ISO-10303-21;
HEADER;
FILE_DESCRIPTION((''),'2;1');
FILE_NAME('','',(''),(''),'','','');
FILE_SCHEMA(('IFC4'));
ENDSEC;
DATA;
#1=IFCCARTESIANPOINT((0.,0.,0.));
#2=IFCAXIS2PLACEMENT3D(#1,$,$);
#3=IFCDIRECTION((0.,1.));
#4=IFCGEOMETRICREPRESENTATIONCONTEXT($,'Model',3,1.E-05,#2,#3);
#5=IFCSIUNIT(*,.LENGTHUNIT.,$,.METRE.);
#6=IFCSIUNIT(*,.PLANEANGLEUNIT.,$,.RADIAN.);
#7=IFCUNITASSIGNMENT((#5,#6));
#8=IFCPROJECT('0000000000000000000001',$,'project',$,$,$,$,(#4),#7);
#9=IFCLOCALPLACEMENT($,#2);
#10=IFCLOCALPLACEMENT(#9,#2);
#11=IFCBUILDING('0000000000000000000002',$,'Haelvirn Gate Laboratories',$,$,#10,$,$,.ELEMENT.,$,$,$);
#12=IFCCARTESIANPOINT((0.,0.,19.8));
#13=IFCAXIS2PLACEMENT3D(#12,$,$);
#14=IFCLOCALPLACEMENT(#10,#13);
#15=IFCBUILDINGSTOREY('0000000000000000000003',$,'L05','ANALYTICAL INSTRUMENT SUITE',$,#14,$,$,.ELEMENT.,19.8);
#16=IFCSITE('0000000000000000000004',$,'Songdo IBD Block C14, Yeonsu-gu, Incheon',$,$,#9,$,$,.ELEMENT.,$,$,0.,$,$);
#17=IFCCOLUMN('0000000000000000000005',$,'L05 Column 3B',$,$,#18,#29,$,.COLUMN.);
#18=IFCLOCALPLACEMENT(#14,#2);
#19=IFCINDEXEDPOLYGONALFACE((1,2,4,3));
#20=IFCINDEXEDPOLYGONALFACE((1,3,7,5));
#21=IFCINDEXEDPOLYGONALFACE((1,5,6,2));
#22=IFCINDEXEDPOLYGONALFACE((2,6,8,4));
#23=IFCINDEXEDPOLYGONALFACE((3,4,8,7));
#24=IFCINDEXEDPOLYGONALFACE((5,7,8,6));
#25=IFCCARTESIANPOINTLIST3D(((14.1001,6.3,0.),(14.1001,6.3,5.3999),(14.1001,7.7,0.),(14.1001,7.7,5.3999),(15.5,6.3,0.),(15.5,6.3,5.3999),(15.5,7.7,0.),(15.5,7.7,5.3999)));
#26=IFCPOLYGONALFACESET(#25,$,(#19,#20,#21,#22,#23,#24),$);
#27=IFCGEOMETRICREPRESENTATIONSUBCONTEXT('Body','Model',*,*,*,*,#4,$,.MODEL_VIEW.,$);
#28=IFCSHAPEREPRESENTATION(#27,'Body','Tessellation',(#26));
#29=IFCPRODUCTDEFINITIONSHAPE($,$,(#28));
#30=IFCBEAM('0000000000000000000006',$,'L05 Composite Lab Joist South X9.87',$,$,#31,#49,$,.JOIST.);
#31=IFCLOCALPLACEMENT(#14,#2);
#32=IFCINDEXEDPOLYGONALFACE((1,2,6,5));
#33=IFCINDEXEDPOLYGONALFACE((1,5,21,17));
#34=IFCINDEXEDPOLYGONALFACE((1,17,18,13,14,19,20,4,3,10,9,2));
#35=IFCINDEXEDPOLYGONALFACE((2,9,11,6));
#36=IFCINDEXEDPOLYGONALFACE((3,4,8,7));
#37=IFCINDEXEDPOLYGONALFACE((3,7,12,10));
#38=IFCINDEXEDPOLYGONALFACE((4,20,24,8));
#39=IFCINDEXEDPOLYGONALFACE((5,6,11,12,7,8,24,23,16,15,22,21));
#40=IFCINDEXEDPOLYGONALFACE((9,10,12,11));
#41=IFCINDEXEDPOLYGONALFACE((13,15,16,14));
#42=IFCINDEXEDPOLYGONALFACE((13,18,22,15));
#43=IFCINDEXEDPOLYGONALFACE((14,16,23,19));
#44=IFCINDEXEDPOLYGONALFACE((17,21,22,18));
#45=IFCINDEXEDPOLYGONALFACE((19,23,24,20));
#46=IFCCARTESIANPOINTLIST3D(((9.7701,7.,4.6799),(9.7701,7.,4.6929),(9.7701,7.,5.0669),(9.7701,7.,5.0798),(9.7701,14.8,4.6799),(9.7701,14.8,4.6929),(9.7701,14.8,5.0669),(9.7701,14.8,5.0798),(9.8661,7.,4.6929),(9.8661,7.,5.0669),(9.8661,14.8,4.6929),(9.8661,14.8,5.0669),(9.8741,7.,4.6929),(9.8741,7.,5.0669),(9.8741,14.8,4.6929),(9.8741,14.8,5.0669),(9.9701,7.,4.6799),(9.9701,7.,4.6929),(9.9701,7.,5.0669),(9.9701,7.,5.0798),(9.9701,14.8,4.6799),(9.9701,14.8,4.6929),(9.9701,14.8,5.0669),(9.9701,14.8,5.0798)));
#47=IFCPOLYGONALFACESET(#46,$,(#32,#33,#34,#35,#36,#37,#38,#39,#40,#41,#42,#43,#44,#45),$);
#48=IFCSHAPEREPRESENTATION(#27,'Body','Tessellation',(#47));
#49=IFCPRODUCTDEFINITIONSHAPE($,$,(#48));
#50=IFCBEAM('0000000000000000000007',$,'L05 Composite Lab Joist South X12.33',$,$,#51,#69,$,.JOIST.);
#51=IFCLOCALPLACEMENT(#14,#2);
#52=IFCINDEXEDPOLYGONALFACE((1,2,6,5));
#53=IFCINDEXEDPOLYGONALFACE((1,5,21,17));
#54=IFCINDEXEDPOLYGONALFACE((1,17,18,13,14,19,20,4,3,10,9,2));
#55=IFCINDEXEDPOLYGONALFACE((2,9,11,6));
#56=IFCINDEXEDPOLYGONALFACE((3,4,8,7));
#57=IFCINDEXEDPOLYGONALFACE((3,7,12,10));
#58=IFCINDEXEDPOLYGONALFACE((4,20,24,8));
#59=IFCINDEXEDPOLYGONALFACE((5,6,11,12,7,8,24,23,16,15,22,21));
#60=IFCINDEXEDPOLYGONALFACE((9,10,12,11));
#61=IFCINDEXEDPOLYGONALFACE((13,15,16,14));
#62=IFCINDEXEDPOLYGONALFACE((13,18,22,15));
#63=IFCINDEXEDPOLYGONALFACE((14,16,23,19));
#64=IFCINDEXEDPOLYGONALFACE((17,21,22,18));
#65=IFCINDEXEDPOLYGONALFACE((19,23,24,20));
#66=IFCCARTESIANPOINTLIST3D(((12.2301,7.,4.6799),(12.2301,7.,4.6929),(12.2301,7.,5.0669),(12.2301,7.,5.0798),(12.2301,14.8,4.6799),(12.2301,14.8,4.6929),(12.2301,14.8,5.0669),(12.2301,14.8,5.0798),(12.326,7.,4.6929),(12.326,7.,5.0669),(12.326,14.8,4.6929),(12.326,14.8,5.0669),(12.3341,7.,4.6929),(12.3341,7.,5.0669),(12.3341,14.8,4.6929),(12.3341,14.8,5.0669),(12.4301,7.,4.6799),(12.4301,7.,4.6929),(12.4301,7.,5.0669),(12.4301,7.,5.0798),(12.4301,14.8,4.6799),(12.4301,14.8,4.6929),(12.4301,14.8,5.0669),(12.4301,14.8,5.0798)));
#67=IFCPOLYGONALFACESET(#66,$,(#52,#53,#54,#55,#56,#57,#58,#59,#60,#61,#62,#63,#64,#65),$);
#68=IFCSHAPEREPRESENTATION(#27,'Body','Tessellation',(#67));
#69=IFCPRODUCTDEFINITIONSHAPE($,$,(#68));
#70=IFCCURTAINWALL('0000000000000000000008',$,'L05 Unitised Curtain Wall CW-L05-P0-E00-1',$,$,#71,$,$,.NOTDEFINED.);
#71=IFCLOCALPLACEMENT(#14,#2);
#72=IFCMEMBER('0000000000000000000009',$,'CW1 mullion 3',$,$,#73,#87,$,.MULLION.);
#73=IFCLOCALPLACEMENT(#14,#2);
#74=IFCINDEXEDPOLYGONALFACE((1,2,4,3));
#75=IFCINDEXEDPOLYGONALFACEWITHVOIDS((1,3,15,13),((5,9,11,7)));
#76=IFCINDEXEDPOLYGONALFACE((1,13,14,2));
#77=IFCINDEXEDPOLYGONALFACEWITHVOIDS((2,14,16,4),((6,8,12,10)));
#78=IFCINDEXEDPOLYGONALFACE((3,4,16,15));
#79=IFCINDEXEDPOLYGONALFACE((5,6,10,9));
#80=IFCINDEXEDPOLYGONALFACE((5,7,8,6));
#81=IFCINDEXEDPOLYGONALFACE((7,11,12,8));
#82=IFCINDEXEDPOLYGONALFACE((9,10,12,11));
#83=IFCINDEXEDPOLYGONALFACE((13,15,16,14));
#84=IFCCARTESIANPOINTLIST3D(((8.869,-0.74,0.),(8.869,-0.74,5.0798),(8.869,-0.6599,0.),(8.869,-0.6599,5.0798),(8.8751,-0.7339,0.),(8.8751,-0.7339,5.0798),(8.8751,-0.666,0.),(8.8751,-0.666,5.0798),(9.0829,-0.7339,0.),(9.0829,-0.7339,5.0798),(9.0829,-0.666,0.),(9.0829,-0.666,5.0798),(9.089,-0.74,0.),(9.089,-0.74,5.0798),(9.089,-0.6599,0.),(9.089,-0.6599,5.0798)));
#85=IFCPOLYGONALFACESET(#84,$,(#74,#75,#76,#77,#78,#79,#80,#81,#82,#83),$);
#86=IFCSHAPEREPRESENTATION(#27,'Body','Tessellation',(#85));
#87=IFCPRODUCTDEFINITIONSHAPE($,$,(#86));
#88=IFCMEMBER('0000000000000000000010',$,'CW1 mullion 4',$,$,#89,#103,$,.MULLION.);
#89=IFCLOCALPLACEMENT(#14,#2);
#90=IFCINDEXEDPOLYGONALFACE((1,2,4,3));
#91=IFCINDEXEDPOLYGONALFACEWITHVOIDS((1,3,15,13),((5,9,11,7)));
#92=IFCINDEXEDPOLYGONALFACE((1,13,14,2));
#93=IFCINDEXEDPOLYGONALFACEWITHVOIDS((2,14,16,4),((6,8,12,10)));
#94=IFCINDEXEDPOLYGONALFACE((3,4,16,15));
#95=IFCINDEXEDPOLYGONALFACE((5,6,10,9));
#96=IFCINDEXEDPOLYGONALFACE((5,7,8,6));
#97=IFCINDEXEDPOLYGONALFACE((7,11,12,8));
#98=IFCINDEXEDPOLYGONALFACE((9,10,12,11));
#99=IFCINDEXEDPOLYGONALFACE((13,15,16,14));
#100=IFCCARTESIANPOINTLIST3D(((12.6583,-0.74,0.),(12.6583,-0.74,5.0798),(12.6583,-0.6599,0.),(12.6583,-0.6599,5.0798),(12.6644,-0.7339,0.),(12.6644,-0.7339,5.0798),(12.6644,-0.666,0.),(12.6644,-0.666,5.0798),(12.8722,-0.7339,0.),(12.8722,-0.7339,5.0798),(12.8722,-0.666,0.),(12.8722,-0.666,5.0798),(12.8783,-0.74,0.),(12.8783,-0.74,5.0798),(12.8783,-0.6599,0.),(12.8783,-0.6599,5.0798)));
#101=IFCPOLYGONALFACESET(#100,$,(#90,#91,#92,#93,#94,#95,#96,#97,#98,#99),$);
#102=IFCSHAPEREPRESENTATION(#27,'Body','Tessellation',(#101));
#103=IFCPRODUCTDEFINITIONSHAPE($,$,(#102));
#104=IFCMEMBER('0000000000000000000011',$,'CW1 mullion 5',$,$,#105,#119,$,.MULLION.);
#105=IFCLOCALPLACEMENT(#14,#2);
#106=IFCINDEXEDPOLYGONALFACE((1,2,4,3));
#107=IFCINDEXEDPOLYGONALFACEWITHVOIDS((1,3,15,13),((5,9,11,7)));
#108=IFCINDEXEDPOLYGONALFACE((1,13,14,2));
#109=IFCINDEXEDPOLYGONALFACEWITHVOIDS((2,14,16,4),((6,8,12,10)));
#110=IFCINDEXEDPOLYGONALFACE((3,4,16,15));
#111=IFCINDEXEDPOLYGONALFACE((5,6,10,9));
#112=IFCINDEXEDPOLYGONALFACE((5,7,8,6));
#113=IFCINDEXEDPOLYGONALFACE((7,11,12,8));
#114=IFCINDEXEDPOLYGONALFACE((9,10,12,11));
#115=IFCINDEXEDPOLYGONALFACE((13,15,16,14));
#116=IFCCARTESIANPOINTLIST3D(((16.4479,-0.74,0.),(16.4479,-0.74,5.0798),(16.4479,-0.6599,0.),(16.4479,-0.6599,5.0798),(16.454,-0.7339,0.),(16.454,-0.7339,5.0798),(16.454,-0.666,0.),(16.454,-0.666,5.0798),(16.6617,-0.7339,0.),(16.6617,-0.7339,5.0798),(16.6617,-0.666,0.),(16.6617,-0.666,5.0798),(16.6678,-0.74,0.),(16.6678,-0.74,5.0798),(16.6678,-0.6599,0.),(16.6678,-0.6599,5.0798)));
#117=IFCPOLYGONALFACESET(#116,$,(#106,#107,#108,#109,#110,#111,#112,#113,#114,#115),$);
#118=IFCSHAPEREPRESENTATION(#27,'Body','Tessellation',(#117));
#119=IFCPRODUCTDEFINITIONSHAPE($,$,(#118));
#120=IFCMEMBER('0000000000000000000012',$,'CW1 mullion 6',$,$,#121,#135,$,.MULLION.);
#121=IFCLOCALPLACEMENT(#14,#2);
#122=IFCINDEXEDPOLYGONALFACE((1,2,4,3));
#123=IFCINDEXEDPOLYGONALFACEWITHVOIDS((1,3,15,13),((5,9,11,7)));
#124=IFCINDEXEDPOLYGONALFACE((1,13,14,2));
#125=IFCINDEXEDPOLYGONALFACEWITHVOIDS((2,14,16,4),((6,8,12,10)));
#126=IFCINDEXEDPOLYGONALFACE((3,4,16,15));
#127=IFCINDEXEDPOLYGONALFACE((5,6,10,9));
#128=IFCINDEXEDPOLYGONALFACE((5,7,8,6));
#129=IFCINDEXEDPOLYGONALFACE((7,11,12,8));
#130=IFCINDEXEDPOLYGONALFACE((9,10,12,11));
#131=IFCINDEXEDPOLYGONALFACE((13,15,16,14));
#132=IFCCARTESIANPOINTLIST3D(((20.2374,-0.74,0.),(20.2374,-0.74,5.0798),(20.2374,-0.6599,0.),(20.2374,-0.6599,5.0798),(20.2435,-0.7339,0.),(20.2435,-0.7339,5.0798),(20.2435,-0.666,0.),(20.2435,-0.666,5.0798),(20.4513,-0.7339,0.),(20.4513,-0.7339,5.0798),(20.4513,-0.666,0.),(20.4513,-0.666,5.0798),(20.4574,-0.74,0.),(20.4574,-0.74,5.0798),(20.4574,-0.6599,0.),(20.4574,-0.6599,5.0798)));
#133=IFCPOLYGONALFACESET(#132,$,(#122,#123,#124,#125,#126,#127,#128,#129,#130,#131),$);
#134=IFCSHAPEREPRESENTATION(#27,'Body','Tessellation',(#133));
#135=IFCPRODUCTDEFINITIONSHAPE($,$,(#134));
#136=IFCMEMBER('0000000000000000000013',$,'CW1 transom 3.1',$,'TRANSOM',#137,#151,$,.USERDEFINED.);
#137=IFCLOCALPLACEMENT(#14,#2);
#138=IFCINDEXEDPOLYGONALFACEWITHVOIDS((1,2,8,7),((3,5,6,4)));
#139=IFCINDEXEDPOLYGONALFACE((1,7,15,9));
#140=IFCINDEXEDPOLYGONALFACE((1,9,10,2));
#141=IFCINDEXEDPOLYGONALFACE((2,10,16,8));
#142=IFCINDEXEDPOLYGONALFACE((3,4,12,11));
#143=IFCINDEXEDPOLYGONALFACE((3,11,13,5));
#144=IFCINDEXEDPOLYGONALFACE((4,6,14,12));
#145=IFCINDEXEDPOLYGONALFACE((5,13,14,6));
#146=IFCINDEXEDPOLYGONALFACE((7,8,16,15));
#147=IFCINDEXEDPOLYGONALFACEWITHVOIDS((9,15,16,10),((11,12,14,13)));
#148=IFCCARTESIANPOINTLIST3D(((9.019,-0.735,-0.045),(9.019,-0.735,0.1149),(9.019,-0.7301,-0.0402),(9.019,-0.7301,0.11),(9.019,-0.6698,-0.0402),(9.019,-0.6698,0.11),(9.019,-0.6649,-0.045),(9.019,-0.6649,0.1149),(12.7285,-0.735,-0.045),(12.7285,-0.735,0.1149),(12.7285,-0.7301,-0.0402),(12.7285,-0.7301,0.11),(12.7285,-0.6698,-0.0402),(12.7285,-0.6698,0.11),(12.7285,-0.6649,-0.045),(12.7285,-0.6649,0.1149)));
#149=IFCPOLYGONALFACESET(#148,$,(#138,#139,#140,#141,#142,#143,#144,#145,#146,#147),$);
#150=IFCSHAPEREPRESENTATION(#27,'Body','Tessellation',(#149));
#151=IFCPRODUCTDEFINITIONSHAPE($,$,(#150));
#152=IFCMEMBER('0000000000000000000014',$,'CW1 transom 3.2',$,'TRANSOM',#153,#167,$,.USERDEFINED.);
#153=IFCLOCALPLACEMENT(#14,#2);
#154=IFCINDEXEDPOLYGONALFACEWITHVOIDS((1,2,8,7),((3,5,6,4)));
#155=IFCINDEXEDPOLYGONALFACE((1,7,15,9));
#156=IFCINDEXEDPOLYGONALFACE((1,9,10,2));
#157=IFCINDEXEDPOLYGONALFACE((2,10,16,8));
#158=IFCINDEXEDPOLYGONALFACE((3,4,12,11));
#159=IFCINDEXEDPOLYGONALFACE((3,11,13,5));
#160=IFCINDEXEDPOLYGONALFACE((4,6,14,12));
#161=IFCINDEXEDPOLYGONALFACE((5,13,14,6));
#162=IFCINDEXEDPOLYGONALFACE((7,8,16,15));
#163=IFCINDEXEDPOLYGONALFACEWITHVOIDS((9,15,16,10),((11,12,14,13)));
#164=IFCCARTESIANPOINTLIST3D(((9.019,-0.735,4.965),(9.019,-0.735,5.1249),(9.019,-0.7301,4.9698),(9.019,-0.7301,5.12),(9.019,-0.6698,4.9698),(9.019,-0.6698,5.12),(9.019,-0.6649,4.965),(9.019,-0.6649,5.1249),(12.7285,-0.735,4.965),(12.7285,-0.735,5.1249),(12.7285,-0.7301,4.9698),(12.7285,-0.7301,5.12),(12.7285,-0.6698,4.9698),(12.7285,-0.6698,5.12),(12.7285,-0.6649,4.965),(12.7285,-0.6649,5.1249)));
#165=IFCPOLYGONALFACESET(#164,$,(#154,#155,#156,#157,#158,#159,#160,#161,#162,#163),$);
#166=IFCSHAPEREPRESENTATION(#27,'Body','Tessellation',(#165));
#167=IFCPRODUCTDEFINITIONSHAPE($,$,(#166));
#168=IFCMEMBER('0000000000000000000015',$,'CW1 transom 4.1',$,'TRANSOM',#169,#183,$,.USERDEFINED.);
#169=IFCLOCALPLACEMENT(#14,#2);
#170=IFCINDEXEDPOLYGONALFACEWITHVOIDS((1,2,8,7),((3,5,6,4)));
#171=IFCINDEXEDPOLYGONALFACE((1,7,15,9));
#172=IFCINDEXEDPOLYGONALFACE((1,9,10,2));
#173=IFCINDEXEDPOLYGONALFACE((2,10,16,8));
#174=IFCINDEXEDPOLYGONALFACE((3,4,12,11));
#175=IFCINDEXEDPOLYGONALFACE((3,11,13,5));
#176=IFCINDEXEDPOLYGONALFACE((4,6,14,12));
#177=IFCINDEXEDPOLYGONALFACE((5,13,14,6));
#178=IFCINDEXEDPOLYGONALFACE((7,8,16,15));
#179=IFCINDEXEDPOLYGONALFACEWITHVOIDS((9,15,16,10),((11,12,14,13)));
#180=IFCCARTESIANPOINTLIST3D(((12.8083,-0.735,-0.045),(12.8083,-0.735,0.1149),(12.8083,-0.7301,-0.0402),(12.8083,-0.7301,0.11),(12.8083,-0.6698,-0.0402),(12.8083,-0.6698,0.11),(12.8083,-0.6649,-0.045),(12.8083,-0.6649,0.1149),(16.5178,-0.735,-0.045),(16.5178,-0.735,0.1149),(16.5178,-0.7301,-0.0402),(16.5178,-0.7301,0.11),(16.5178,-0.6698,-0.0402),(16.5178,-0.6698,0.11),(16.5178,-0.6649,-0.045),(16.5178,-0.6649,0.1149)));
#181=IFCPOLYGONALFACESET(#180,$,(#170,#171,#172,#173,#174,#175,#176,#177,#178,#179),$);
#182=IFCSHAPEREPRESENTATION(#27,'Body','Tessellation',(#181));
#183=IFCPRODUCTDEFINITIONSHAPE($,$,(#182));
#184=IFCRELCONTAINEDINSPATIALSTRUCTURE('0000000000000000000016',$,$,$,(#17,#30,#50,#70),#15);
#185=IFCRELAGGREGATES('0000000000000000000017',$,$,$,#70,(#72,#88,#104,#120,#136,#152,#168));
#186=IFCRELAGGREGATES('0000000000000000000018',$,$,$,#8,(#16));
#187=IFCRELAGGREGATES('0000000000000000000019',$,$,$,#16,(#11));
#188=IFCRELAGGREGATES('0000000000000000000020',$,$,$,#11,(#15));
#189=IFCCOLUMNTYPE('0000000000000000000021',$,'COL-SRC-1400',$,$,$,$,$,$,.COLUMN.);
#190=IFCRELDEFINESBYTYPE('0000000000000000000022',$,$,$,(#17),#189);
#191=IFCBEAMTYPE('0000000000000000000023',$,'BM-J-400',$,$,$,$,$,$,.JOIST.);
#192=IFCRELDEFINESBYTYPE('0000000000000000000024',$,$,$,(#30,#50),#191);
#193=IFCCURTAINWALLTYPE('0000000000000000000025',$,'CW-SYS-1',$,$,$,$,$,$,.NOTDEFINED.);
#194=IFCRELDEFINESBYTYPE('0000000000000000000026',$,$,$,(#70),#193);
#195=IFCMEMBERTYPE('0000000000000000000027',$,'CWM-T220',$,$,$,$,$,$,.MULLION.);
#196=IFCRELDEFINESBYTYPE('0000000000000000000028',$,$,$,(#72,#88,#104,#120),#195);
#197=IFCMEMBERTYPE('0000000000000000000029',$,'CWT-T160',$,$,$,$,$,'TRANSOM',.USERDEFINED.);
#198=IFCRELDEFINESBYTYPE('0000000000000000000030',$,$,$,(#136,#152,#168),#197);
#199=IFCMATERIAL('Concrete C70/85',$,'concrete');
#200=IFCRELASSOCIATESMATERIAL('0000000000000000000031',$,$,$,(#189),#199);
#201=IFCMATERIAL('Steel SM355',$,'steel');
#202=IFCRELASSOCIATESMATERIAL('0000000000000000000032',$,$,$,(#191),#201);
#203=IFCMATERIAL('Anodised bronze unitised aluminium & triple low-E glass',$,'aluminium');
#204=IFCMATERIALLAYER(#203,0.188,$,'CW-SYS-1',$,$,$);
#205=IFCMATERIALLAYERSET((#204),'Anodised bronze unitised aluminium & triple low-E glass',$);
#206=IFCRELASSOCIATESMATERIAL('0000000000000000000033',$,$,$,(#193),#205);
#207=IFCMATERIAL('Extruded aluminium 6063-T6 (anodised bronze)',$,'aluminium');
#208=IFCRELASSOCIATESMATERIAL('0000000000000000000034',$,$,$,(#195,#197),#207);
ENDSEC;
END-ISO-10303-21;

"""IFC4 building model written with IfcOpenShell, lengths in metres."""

from ifc_helpers import new_model, si_unit, direction, frame, origin, origin_2d, place, context, subcontext, project, spatial, rectangle, hollow_rectangle, i_section, extrude, source, transform, mapped, material, layer, layer_set, material_profile, profile_set, type_object, type_shapes, element, aggregate, save


model = new_model("IFC4")

# Units and contexts
model_context = context("Model", 3, precision=1e-05, world=origin(), true_north=direction((0.0, 1.0)))
body_context = subcontext(model_context, "Body", "Model", "MODEL_VIEW")
ifc_project = project(units=[si_unit("LENGTHUNIT", "METRE"), si_unit("PLANEANGLEUNIT", "RADIAN")], contexts=[model_context])

# Site, building, storey
site_placement = place(None, origin())
site = spatial("IfcSite", under=ifc_project, at=site_placement, Name="Songdo IBD Block C14, Yeonsu-gu, Incheon", CompositionType="ELEMENT", RefElevation=0.0)
building_placement = place(site_placement, origin())
building = spatial("IfcBuilding", under=site, at=building_placement, Name="Haelvirn Gate Laboratories", CompositionType="ELEMENT")
storey_placement = place(building_placement, frame((0.0, 0.0, 19.8)))
storey = spatial("IfcBuildingStorey", under=building, at=storey_placement, Name="L05", Description="ANALYTICAL INSTRUMENT SUITE", CompositionType="ELEMENT", Elevation=19.8)

# Column
ifc_material_1 = material(Name="Concrete C70/85", Category="concrete")
ifc_material_profile_1 = material_profile(ifc_material_1, rectangle(XDim=1.3999, YDim=1.3999, at=origin_2d()), Name="SRC-1400x1400")
ifc_profile_set_1 = profile_set([ifc_material_profile_1], Name="Concrete C70/85")
column_type = type_object("IfcColumnType", Name="COL-SRC-1400", PredefinedType="COLUMN", material=ifc_profile_set_1)
shared_shape_1 = source(origin(), body_context, "Body", "SweptSolid", [
    extrude(rectangle(XDim=1.3999, YDim=1.3999, at=origin_2d()), origin(), (0.0, 0.0, 1.0), 5.3999),
])
type_shapes(column_type, [shared_shape_1])
column_placement = place(storey_placement, frame((14.8, 7.0, 0.0), z_axis=(0.0, 0.0, 1.0), x_axis=(1.0, 0.0, 0.0)))
element("IfcColumn", 1, at=column_placement, inside=storey, type_object=column_type, Name="L05 Column 3B", PredefinedType="COLUMN", context=body_context, shape_type="MappedRepresentation", body=[
    mapped(shared_shape_1, transform((0.0, 0.0, 0.0), scale=1.0)),
])

# Beams
ifc_material_2 = material(Name="Steel SM355", Category="steel")
ifc_material_profile_2 = material_profile(ifc_material_2, i_section(OverallWidth=0.2, OverallDepth=0.3999, WebThickness=0.0081, FlangeThickness=0.0129, at=origin_2d()), Name="H-400x200x8x13")
ifc_profile_set_2 = profile_set([ifc_material_profile_2], Name="Steel SM355")
beam_type = type_object("IfcBeamType", Name="BM-J-400", PredefinedType="JOIST", material=ifc_profile_set_2)
shared_shape_2 = source(origin(), body_context, "Body", "SweptSolid", [
    extrude(i_section(OverallWidth=0.2, OverallDepth=0.3999, WebThickness=0.0081, FlangeThickness=0.0129, at=origin_2d()), origin(), (0.0, 0.0, 1.0), 7.8),
])
type_shapes(beam_type, [shared_shape_2])
for number, where, z_axis, x_axis, name in (
    (2, (9.8701, 7.0, 4.8799), (0.0, 1.0, 0.0), (-1.0, 0.0, 0.0), "L05 Composite Lab Joist South X9.87"),
    (3, (12.3301, 7.0, 4.8799), (0.0, 1.0, 0.0), (-1.0, 0.0, 0.0), "L05 Composite Lab Joist South X12.33"),
):
    element("IfcBeam", number, at=place(storey_placement, frame(where, z_axis=z_axis, x_axis=x_axis)), inside=storey, type_object=beam_type, Name=name, PredefinedType="JOIST", context=body_context, shape_type="MappedRepresentation", body=[
        mapped(shared_shape_2, transform((0.0, 0.0, 0.0), scale=1.0)),
    ])

# Curtain wall, members
ifc_material_3 = material(Name="Anodised bronze unitised aluminium & triple low-E glass", Category="aluminium")
ifc_layer_1 = layer(ifc_material_3, 0.188, Name="CW-SYS-1")
ifc_layer_set_1 = layer_set([ifc_layer_1], Name="Anodised bronze unitised aluminium & triple low-E glass")
curtain_wall_type = type_object("IfcCurtainWallType", Name="CW-SYS-1", PredefinedType="NOTDEFINED", material=ifc_layer_set_1)
curtain_wall_placement = place(storey_placement, origin())
curtain_wall = element("IfcCurtainWall", 4, at=curtain_wall_placement, inside=storey, type_object=curtain_wall_type, Name="L05 Unitised Curtain Wall CW-L05-P0-E00-1", PredefinedType="NOTDEFINED")
ifc_material_4 = material(Name="Extruded aluminium 6063-T6 (anodised bronze)", Category="aluminium")
ifc_material_profile_3 = material_profile(ifc_material_4, hollow_rectangle(XDim=0.0801, YDim=0.22, WallThickness=0.0061, at=origin_2d()), Name="CWM-220x80x6")
ifc_profile_set_3 = profile_set([ifc_material_profile_3], Name="Extruded aluminium 6063-T6 (anodised bronze)")
member_type_1 = type_object("IfcMemberType", Name="CWM-T220", PredefinedType="MULLION", material=ifc_profile_set_3)
shared_shape_3 = source(origin(), body_context, "Body", "SweptSolid", [
    extrude(hollow_rectangle(XDim=0.0801, YDim=0.22, WallThickness=0.0061, at=origin_2d()), origin(), (0.0, 0.0, 1.0), 5.0798),
])
type_shapes(member_type_1, [shared_shape_3])
member_1_placement = place(storey_placement, frame((8.979, -0.7, 0.0), z_axis=(0.0, 0.0, 1.0), x_axis=(0.0, 1.0, 0.0)))
member_1 = element("IfcMember", 5, at=member_1_placement, type_object=member_type_1, Name="CW1 mullion 3", PredefinedType="MULLION", context=body_context, shape_type="MappedRepresentation", body=[
    mapped(shared_shape_3, transform((0.0, 0.0, 0.0), scale=1.0)),
])
member_2_placement = place(storey_placement, frame((12.7683, -0.7, 0.0), z_axis=(0.0, 0.0, 1.0), x_axis=(0.0, 1.0, 0.0)))
member_2 = element("IfcMember", 6, at=member_2_placement, type_object=member_type_1, Name="CW1 mullion 4", PredefinedType="MULLION", context=body_context, shape_type="MappedRepresentation", body=[
    mapped(shared_shape_3, transform((0.0, 0.0, 0.0), scale=1.0)),
])
member_3_placement = place(storey_placement, frame((16.5579, -0.7, 0.0), z_axis=(0.0, 0.0, 1.0), x_axis=(0.0, 1.0, 0.0)))
member_3 = element("IfcMember", 7, at=member_3_placement, type_object=member_type_1, Name="CW1 mullion 5", PredefinedType="MULLION", context=body_context, shape_type="MappedRepresentation", body=[
    mapped(shared_shape_3, transform((0.0, 0.0, 0.0), scale=1.0)),
])
member_4_placement = place(storey_placement, frame((20.3474, -0.7, 0.0), z_axis=(0.0, 0.0, 1.0), x_axis=(0.0, 1.0, 0.0)))
member_4 = element("IfcMember", 8, at=member_4_placement, type_object=member_type_1, Name="CW1 mullion 6", PredefinedType="MULLION", context=body_context, shape_type="MappedRepresentation", body=[
    mapped(shared_shape_3, transform((0.0, 0.0, 0.0), scale=1.0)),
])
ifc_material_profile_4 = material_profile(ifc_material_4, hollow_rectangle(XDim=0.0701, YDim=0.1599, WallThickness=0.0049, at=origin_2d()), Name="CWT-160x70x5")
ifc_profile_set_4 = profile_set([ifc_material_profile_4], Name="Extruded aluminium 6063-T6 (anodised bronze)")
member_type_2 = type_object("IfcMemberType", Name="CWT-T160", ElementType="TRANSOM", PredefinedType="USERDEFINED", material=ifc_profile_set_4)
shared_shape_4 = source(origin(), body_context, "Body", "SweptSolid", [
    extrude(hollow_rectangle(XDim=0.0701, YDim=0.1599, WallThickness=0.0049, at=origin_2d()), origin(), (0.0, 0.0, 1.0), 3.7095),
])
type_shapes(member_type_2, [shared_shape_4])
member_5_placement = place(storey_placement, frame((9.019, -0.7, 0.0349), z_axis=(1.0, 0.0, 0.0), x_axis=(0.0, 1.0, 0.0)))
member_5 = element("IfcMember", 9, at=member_5_placement, type_object=member_type_2, Name="CW1 transom 3.1", ObjectType="TRANSOM", PredefinedType="USERDEFINED", context=body_context, shape_type="MappedRepresentation", body=[
    mapped(shared_shape_4, transform((0.0, 0.0, 0.0), scale=1.0)),
])
member_6_placement = place(storey_placement, frame((9.019, -0.7, 5.0449), z_axis=(1.0, 0.0, 0.0), x_axis=(0.0, 1.0, 0.0)))
member_6 = element("IfcMember", 10, at=member_6_placement, type_object=member_type_2, Name="CW1 transom 3.2", ObjectType="TRANSOM", PredefinedType="USERDEFINED", context=body_context, shape_type="MappedRepresentation", body=[
    mapped(shared_shape_4, transform((0.0, 0.0, 0.0), scale=1.0)),
])
member_7_placement = place(storey_placement, frame((12.8083, -0.7, 0.0349), z_axis=(1.0, 0.0, 0.0), x_axis=(0.0, 1.0, 0.0)))
member_7 = element("IfcMember", 11, at=member_7_placement, type_object=member_type_2, Name="CW1 transom 4.1", ObjectType="TRANSOM", PredefinedType="USERDEFINED", context=body_context, shape_type="MappedRepresentation", body=[
    mapped(shared_shape_4, transform((0.0, 0.0, 0.0), scale=1.0)),
])
aggregate(curtain_wall, [member_1, member_2, member_3, member_4, member_5, member_6, member_7])

save(model, "model.ifc")
